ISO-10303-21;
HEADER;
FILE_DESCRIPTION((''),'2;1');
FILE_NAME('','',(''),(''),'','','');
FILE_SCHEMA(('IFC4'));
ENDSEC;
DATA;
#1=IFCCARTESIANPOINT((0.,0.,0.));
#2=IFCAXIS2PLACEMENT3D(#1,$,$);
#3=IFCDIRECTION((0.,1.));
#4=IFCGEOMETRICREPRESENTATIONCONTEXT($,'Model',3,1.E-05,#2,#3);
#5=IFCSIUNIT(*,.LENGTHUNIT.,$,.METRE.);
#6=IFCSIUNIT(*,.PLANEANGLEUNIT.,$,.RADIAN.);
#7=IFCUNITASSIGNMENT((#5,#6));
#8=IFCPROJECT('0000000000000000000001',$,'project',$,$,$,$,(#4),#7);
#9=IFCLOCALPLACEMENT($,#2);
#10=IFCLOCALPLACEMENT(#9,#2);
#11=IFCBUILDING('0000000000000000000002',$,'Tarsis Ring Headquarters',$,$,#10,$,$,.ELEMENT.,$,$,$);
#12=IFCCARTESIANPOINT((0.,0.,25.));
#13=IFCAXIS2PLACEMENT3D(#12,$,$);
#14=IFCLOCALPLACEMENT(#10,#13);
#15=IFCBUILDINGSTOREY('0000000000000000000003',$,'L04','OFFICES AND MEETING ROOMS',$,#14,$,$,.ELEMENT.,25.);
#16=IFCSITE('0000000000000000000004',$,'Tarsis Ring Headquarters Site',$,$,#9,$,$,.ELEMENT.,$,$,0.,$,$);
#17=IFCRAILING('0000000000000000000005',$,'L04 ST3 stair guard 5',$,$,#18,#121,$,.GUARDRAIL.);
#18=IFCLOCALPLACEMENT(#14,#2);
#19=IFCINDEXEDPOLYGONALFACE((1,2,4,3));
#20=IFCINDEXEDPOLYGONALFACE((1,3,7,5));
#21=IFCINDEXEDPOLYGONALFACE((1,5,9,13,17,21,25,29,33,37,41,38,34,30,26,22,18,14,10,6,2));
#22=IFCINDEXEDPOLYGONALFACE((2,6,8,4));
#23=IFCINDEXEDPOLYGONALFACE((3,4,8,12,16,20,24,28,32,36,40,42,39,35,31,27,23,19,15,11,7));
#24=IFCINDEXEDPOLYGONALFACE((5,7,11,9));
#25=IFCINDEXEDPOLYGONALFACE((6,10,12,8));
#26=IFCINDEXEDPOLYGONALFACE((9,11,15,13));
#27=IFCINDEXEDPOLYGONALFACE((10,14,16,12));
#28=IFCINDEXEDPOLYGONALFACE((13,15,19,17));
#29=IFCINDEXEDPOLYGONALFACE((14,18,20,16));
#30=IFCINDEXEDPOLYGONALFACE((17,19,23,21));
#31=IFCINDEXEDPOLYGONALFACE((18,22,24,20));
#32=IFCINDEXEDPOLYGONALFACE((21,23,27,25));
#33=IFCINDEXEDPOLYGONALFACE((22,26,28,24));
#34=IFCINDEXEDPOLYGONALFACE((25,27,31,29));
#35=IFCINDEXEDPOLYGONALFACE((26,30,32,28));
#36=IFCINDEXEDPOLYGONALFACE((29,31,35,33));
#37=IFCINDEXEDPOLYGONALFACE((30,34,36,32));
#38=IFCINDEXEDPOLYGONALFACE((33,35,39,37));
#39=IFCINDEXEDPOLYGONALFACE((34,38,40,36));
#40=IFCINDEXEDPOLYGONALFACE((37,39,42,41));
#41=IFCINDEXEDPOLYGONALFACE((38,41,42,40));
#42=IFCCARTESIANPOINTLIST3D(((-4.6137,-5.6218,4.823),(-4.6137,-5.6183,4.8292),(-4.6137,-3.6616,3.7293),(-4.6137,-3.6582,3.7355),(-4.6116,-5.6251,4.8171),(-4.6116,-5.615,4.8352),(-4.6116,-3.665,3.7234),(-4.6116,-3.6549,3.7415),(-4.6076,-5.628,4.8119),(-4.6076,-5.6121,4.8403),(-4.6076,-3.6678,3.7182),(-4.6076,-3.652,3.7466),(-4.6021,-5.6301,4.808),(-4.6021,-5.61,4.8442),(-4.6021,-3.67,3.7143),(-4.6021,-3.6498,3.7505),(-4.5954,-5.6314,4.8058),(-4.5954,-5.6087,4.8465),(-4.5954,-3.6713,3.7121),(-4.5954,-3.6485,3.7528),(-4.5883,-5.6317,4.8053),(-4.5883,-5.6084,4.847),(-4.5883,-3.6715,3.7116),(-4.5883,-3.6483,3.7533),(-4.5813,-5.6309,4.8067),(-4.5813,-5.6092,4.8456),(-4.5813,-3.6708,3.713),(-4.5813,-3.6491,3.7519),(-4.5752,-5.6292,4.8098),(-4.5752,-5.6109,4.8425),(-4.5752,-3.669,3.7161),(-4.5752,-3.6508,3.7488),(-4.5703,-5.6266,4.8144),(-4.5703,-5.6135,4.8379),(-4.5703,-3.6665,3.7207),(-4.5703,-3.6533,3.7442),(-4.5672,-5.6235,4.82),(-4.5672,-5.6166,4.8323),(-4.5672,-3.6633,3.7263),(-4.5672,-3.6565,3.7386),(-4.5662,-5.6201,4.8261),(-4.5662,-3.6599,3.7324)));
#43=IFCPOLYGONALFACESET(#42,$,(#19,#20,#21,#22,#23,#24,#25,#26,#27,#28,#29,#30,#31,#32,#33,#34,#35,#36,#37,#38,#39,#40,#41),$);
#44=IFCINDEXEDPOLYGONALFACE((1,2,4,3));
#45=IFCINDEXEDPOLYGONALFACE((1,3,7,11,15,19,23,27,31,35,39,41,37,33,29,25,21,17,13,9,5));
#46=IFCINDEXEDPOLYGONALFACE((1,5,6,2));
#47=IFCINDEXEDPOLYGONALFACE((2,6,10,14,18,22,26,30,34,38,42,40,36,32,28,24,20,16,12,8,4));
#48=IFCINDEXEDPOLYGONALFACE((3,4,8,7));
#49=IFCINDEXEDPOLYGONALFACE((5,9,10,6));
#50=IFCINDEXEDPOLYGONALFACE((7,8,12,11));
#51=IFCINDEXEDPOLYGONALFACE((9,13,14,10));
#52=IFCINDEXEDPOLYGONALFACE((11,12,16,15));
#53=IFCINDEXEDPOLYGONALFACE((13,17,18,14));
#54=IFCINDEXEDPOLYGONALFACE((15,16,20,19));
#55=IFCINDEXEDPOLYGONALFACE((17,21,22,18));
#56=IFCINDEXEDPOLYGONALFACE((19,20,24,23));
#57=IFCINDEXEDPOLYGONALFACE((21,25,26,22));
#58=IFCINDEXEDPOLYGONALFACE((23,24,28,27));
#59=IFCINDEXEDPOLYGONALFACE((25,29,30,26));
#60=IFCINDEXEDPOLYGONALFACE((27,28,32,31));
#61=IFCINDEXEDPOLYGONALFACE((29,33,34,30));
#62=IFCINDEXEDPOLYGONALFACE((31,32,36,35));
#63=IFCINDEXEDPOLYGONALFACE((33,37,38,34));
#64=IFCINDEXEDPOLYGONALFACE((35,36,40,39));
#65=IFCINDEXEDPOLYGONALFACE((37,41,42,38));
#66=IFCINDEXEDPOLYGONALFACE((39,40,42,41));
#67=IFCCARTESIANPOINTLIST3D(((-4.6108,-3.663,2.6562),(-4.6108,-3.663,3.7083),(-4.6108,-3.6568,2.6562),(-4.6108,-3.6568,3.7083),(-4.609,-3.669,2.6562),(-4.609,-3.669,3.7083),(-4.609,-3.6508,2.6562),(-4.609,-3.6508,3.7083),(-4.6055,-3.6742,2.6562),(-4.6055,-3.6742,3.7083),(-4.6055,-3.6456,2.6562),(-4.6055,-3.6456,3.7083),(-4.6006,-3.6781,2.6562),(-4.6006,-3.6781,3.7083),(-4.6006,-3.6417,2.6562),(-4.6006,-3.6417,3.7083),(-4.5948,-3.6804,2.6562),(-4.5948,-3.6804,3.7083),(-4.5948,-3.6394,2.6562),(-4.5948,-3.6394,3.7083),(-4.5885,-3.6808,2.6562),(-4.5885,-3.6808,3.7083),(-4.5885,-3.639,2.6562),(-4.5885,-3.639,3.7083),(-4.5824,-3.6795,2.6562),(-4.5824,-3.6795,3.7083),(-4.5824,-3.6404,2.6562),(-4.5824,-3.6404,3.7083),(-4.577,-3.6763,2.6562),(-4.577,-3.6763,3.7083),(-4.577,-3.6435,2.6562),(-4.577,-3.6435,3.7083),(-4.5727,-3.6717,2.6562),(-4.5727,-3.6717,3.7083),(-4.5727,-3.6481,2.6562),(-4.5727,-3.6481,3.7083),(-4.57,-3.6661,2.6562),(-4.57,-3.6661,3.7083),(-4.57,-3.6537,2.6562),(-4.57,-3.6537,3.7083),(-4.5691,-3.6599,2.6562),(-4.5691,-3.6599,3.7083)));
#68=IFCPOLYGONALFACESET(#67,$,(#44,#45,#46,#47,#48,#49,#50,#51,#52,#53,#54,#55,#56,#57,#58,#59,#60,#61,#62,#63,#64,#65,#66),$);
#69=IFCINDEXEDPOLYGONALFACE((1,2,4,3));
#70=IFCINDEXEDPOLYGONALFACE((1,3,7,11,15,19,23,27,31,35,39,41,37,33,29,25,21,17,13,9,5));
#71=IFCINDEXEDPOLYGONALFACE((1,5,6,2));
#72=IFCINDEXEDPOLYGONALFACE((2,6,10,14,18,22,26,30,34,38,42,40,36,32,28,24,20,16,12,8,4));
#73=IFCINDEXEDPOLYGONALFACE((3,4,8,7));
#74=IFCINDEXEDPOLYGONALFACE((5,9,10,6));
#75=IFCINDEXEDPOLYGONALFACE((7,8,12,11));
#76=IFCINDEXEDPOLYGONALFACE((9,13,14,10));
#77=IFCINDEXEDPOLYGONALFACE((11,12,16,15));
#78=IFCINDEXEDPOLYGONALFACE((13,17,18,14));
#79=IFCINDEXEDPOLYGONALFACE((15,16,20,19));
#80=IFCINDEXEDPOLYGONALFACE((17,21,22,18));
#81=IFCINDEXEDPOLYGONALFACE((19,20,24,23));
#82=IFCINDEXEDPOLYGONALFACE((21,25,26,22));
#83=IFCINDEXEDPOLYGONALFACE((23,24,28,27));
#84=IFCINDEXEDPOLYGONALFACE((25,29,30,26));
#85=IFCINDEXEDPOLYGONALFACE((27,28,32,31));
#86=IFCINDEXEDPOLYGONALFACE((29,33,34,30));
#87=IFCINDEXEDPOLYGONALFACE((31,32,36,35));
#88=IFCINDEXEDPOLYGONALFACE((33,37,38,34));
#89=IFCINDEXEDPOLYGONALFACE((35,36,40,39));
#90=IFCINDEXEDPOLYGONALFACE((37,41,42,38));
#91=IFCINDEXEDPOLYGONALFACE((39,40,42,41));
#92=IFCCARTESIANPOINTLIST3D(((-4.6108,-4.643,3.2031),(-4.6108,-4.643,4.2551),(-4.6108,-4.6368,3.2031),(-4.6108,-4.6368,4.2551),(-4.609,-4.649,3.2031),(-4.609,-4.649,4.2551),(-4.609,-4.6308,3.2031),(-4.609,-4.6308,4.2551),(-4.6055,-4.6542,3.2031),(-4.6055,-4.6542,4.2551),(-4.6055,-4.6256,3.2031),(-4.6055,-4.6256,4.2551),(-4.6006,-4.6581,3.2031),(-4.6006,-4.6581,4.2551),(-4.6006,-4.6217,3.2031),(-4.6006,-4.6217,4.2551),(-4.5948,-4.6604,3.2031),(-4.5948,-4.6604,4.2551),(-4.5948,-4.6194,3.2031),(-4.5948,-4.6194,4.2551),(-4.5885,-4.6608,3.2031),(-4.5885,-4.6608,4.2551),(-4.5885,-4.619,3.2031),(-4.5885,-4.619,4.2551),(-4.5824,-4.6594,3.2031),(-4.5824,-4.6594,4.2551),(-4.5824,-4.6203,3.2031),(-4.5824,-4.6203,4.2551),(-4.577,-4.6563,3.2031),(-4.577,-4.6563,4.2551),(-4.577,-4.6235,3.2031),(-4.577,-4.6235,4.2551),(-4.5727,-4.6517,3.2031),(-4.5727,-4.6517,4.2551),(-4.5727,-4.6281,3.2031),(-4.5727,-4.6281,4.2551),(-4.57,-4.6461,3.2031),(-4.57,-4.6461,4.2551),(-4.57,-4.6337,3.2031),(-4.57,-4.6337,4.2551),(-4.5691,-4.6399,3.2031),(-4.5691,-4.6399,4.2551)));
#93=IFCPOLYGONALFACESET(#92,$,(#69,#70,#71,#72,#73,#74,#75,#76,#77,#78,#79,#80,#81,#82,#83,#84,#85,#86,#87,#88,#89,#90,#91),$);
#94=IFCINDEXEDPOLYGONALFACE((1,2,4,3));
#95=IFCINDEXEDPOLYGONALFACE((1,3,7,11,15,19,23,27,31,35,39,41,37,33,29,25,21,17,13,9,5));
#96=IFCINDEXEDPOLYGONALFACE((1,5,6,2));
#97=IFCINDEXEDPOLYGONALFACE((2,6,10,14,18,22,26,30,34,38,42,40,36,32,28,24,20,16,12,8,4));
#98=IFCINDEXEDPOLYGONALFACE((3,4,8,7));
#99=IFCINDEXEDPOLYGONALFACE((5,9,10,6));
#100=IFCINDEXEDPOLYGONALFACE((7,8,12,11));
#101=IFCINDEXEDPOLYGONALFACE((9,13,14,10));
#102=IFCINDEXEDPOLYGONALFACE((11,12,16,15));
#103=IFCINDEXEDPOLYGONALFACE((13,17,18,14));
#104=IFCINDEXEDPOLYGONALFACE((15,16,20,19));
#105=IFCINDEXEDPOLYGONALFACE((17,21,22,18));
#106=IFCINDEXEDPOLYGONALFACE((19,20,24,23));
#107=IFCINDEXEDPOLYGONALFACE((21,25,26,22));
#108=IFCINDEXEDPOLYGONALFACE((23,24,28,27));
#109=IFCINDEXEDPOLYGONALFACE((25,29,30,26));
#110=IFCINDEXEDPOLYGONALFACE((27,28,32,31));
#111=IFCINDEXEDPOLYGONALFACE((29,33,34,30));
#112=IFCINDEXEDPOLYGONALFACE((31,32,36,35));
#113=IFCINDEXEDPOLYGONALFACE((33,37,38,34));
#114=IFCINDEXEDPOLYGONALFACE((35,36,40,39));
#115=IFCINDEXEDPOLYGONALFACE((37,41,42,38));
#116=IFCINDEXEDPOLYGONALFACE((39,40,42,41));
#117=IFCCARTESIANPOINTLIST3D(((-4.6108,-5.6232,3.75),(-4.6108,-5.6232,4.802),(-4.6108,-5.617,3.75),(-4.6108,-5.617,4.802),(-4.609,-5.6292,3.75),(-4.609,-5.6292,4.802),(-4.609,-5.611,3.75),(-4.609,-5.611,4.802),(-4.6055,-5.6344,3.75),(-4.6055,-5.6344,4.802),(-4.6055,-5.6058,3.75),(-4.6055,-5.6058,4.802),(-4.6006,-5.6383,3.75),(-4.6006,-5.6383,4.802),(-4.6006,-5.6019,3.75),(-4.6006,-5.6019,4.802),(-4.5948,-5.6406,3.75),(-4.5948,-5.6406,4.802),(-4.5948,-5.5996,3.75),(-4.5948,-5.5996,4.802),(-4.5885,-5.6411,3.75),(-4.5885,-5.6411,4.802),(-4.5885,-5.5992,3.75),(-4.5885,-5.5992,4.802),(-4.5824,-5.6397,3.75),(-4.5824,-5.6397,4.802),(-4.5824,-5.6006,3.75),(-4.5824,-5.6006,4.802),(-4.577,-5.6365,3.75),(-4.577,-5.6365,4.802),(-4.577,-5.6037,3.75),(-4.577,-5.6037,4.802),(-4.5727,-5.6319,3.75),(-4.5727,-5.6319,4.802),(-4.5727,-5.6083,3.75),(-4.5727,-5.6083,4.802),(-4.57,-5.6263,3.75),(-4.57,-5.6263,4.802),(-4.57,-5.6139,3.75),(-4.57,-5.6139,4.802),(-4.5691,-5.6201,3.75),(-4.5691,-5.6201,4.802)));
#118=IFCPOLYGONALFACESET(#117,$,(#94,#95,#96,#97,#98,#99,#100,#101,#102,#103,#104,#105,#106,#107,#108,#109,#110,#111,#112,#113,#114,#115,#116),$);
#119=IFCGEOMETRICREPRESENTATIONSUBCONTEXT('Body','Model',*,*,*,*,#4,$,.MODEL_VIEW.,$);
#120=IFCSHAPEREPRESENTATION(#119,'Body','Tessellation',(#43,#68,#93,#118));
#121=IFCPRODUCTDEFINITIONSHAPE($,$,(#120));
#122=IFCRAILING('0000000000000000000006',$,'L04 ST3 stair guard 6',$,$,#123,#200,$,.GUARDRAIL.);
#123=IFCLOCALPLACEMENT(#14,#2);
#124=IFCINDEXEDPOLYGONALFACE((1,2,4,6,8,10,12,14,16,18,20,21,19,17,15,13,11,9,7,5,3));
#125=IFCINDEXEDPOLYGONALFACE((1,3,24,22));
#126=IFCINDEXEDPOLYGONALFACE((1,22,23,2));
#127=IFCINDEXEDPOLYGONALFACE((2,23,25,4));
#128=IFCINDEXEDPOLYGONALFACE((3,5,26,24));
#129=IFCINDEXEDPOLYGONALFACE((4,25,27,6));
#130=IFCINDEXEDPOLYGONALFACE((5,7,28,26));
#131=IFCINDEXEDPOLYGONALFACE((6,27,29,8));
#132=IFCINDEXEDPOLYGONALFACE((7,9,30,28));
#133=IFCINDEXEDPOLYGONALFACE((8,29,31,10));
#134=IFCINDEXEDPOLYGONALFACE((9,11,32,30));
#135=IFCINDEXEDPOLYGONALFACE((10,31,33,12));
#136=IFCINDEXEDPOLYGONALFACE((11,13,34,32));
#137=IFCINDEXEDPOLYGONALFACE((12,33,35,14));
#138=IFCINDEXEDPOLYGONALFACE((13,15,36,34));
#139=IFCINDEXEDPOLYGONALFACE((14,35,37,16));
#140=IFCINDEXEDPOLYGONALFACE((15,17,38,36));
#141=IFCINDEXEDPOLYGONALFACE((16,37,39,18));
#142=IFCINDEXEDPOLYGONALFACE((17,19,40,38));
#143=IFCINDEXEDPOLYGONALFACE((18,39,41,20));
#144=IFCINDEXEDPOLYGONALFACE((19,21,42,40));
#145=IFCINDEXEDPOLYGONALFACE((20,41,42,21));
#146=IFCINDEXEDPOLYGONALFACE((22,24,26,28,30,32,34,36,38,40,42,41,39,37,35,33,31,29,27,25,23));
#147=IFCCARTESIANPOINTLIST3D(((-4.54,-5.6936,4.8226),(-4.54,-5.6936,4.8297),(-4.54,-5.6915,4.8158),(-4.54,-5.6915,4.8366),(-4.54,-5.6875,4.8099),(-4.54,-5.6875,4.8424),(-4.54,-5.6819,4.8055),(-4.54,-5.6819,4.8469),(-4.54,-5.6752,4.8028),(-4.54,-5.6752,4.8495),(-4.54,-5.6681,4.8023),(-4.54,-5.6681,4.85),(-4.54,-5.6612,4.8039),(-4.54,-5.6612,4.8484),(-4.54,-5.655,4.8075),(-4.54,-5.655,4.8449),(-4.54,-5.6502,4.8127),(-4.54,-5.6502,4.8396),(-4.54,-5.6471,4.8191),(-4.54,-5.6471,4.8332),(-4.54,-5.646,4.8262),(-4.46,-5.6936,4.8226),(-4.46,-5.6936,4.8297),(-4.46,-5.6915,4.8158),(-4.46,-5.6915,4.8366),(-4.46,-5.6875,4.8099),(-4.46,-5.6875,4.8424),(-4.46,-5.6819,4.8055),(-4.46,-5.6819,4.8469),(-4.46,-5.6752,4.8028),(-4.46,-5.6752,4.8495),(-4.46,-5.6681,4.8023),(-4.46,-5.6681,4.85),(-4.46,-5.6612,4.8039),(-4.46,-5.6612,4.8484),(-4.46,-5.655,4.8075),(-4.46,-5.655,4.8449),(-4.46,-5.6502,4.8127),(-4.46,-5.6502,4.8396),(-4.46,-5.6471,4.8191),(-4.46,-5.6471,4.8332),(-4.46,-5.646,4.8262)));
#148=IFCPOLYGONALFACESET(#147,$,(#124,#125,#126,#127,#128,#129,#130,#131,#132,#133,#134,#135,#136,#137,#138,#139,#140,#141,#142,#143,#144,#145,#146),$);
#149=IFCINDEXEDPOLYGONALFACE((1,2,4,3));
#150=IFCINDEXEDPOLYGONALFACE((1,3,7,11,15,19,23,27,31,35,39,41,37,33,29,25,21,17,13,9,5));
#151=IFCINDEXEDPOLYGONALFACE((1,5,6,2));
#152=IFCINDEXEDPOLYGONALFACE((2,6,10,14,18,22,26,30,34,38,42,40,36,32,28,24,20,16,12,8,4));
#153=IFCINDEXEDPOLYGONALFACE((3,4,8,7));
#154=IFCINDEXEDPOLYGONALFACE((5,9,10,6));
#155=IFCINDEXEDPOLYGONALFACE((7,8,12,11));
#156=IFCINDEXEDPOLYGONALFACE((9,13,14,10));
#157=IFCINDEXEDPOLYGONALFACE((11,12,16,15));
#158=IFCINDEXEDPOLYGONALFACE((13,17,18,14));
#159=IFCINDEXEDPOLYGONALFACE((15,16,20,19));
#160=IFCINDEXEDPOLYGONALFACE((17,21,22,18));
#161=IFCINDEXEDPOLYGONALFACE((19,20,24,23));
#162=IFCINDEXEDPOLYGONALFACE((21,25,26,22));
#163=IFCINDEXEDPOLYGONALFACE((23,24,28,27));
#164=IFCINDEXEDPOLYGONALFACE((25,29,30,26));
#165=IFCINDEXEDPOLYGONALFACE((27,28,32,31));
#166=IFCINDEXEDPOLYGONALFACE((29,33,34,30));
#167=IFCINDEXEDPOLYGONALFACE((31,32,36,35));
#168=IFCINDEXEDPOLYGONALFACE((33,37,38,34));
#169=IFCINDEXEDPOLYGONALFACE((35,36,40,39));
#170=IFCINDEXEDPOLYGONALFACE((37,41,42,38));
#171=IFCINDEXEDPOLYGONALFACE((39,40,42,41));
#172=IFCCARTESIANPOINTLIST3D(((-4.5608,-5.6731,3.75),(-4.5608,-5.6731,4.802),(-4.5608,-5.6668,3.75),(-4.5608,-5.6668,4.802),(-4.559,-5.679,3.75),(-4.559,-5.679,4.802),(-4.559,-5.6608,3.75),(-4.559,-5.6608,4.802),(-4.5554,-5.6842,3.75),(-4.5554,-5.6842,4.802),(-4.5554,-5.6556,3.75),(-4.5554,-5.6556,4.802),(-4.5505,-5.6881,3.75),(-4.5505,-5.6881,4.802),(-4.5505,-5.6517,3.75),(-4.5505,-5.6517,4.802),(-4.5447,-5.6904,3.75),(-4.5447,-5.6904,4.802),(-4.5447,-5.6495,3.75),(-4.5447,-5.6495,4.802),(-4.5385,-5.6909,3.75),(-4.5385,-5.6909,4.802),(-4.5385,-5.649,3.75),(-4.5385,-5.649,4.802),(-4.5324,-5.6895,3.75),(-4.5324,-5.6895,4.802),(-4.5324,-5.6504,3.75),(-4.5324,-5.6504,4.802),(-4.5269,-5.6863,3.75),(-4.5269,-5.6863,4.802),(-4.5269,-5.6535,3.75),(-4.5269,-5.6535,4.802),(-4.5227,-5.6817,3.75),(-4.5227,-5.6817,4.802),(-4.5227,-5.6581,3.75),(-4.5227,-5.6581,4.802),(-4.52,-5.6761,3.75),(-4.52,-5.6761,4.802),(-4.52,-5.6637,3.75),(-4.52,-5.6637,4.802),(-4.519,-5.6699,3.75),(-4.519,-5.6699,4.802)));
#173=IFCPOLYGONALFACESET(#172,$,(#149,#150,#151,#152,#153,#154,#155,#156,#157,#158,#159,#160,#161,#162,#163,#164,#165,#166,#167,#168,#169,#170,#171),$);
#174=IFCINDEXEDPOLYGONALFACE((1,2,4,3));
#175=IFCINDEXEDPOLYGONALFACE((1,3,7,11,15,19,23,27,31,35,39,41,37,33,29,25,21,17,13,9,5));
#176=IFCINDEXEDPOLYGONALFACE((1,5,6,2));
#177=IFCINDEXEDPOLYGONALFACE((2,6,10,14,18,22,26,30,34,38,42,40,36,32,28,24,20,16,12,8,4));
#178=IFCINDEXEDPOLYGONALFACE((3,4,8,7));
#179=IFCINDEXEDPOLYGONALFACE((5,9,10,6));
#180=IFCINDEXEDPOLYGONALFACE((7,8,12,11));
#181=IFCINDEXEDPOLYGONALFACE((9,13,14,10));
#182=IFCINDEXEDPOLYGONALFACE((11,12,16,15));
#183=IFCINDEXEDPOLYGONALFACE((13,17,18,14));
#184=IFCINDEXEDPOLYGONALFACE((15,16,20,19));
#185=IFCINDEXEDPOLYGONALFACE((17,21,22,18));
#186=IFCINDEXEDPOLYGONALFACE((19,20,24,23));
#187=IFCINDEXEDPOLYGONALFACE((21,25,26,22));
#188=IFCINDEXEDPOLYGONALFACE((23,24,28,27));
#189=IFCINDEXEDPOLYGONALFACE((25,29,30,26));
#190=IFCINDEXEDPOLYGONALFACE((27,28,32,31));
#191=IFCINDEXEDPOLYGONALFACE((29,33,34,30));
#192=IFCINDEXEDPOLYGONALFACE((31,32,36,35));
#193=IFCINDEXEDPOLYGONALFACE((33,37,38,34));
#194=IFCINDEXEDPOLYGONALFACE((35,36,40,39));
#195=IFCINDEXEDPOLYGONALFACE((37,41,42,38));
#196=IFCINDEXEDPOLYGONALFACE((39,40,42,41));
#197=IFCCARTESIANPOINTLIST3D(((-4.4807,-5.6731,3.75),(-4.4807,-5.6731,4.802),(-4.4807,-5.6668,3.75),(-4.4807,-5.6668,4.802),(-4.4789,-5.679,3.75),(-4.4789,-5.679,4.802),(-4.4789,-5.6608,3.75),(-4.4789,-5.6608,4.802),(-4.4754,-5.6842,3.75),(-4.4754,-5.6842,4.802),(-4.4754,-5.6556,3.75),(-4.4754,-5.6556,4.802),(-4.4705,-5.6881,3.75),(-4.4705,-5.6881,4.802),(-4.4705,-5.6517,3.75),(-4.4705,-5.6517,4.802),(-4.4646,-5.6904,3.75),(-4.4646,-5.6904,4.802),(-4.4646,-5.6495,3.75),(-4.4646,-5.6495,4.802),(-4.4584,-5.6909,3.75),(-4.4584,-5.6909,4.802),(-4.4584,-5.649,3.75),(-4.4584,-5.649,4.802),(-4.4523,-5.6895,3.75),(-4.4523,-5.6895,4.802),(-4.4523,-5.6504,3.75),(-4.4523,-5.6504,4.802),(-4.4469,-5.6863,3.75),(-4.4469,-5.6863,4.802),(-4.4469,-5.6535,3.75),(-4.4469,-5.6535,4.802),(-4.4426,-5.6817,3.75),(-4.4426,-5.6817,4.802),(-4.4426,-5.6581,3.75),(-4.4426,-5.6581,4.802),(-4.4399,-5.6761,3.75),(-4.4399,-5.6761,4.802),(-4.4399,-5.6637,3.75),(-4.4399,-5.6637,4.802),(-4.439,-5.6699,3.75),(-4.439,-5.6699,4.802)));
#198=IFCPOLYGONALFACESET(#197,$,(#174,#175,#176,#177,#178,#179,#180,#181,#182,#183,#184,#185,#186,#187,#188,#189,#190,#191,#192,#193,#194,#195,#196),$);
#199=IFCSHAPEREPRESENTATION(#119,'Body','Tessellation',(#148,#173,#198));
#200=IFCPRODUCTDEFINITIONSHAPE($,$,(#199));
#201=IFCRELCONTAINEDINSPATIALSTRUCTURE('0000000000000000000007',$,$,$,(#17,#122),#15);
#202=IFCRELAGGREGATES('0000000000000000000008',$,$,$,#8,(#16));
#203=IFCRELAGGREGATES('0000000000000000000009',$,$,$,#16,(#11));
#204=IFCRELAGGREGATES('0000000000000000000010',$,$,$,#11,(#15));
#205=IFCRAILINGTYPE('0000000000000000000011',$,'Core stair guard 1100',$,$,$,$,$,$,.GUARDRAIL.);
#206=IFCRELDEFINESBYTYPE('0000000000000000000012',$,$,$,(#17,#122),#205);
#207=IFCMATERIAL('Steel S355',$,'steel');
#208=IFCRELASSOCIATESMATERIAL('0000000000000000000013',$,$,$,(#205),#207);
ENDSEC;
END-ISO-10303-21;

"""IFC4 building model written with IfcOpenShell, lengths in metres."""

from ifc_helpers import new_model, si_unit, direction, frame, origin, origin_2d, place, context, subcontext, project, spatial, circle, extrude, material, type_object, element, save


model = new_model("IFC4")

# Units and contexts
model_context = context("Model", 3, precision=1e-05, world=origin(), true_north=direction((0.0, 1.0)))
body_context = subcontext(model_context, "Body", "Model", "MODEL_VIEW")
ifc_project = project(units=[si_unit("LENGTHUNIT", "METRE"), si_unit("PLANEANGLEUNIT", "RADIAN")], contexts=[model_context])

# Site, building, storey
site_placement = place(None, origin())
site = spatial("IfcSite", under=ifc_project, at=site_placement, Name="Tarsis Ring Headquarters Site", CompositionType="ELEMENT", RefElevation=0.0)
building_placement = place(site_placement, origin())
building = spatial("IfcBuilding", under=site, at=building_placement, Name="Tarsis Ring Headquarters", CompositionType="ELEMENT")
storey_placement = place(building_placement, frame((0.0, 0.0, 25.0)))
storey = spatial("IfcBuildingStorey", under=building, at=storey_placement, Name="L04", Description="OFFICES AND MEETING ROOMS", CompositionType="ELEMENT", Elevation=25.0)

# Railings
ifc_material_1 = material(Name="Steel S355", Category="steel")
railing_type_1 = type_object("IfcRailingType", Name="Core stair guard 1100", PredefinedType="GUARDRAIL", material=ifc_material_1)
railing_1_placement = place(storey_placement, frame((-4.5901, -3.6599, 2.6562)))
element("IfcRailing", 1, at=railing_1_placement, inside=storey, type_object=railing_type_1, Name="L04 ST3 stair guard 5", PredefinedType="GUARDRAIL", context=body_context, shape_type="SweptSolid", body=[
    extrude(circle(Radius=0.0239, at=origin_2d()), frame((0.0, 0.0, 1.0762), z_axis=(0.0, -0.873258, 0.487258), x_axis=(1.0, 0.0, 0.0)), (0.0, 0.0, 1.0), 2.2446),
    extrude(circle(Radius=0.021, at=origin_2d()), origin(), (0.0, 0.0, 1.0), 1.052),
    extrude(circle(Radius=0.021, at=origin_2d()), frame((0.0, -0.98, 0.5469)), (0.0, 0.0, 1.0), 1.052),
    extrude(circle(Radius=0.021, at=origin_2d()), frame((0.0, -1.9602, 1.0938)), (0.0, 0.0, 1.0), 1.052),
])
railing_2_placement = place(storey_placement, frame((-4.54, -5.6699, 3.75)))
element("IfcRailing", 2, at=railing_2_placement, inside=storey, type_object=railing_type_1, Name="L04 ST3 stair guard 6", PredefinedType="GUARDRAIL", context=body_context, shape_type="SweptSolid", body=[
    extrude(circle(Radius=0.0239, at=origin_2d()), frame((0.0, 0.0, 1.0762), z_axis=(1.0, 0.0, 0.0), x_axis=(0.0, 1.0, 0.0)), (0.0, 0.0, 1.0), 0.0801),
    extrude(circle(Radius=0.021, at=origin_2d()), origin(), (0.0, 0.0, 1.0), 1.052),
    extrude(circle(Radius=0.021, at=origin_2d()), frame((0.0801, 0.0, 0.0)), (0.0, 0.0, 1.0), 1.052),
])

save(model, "model.ifc")
